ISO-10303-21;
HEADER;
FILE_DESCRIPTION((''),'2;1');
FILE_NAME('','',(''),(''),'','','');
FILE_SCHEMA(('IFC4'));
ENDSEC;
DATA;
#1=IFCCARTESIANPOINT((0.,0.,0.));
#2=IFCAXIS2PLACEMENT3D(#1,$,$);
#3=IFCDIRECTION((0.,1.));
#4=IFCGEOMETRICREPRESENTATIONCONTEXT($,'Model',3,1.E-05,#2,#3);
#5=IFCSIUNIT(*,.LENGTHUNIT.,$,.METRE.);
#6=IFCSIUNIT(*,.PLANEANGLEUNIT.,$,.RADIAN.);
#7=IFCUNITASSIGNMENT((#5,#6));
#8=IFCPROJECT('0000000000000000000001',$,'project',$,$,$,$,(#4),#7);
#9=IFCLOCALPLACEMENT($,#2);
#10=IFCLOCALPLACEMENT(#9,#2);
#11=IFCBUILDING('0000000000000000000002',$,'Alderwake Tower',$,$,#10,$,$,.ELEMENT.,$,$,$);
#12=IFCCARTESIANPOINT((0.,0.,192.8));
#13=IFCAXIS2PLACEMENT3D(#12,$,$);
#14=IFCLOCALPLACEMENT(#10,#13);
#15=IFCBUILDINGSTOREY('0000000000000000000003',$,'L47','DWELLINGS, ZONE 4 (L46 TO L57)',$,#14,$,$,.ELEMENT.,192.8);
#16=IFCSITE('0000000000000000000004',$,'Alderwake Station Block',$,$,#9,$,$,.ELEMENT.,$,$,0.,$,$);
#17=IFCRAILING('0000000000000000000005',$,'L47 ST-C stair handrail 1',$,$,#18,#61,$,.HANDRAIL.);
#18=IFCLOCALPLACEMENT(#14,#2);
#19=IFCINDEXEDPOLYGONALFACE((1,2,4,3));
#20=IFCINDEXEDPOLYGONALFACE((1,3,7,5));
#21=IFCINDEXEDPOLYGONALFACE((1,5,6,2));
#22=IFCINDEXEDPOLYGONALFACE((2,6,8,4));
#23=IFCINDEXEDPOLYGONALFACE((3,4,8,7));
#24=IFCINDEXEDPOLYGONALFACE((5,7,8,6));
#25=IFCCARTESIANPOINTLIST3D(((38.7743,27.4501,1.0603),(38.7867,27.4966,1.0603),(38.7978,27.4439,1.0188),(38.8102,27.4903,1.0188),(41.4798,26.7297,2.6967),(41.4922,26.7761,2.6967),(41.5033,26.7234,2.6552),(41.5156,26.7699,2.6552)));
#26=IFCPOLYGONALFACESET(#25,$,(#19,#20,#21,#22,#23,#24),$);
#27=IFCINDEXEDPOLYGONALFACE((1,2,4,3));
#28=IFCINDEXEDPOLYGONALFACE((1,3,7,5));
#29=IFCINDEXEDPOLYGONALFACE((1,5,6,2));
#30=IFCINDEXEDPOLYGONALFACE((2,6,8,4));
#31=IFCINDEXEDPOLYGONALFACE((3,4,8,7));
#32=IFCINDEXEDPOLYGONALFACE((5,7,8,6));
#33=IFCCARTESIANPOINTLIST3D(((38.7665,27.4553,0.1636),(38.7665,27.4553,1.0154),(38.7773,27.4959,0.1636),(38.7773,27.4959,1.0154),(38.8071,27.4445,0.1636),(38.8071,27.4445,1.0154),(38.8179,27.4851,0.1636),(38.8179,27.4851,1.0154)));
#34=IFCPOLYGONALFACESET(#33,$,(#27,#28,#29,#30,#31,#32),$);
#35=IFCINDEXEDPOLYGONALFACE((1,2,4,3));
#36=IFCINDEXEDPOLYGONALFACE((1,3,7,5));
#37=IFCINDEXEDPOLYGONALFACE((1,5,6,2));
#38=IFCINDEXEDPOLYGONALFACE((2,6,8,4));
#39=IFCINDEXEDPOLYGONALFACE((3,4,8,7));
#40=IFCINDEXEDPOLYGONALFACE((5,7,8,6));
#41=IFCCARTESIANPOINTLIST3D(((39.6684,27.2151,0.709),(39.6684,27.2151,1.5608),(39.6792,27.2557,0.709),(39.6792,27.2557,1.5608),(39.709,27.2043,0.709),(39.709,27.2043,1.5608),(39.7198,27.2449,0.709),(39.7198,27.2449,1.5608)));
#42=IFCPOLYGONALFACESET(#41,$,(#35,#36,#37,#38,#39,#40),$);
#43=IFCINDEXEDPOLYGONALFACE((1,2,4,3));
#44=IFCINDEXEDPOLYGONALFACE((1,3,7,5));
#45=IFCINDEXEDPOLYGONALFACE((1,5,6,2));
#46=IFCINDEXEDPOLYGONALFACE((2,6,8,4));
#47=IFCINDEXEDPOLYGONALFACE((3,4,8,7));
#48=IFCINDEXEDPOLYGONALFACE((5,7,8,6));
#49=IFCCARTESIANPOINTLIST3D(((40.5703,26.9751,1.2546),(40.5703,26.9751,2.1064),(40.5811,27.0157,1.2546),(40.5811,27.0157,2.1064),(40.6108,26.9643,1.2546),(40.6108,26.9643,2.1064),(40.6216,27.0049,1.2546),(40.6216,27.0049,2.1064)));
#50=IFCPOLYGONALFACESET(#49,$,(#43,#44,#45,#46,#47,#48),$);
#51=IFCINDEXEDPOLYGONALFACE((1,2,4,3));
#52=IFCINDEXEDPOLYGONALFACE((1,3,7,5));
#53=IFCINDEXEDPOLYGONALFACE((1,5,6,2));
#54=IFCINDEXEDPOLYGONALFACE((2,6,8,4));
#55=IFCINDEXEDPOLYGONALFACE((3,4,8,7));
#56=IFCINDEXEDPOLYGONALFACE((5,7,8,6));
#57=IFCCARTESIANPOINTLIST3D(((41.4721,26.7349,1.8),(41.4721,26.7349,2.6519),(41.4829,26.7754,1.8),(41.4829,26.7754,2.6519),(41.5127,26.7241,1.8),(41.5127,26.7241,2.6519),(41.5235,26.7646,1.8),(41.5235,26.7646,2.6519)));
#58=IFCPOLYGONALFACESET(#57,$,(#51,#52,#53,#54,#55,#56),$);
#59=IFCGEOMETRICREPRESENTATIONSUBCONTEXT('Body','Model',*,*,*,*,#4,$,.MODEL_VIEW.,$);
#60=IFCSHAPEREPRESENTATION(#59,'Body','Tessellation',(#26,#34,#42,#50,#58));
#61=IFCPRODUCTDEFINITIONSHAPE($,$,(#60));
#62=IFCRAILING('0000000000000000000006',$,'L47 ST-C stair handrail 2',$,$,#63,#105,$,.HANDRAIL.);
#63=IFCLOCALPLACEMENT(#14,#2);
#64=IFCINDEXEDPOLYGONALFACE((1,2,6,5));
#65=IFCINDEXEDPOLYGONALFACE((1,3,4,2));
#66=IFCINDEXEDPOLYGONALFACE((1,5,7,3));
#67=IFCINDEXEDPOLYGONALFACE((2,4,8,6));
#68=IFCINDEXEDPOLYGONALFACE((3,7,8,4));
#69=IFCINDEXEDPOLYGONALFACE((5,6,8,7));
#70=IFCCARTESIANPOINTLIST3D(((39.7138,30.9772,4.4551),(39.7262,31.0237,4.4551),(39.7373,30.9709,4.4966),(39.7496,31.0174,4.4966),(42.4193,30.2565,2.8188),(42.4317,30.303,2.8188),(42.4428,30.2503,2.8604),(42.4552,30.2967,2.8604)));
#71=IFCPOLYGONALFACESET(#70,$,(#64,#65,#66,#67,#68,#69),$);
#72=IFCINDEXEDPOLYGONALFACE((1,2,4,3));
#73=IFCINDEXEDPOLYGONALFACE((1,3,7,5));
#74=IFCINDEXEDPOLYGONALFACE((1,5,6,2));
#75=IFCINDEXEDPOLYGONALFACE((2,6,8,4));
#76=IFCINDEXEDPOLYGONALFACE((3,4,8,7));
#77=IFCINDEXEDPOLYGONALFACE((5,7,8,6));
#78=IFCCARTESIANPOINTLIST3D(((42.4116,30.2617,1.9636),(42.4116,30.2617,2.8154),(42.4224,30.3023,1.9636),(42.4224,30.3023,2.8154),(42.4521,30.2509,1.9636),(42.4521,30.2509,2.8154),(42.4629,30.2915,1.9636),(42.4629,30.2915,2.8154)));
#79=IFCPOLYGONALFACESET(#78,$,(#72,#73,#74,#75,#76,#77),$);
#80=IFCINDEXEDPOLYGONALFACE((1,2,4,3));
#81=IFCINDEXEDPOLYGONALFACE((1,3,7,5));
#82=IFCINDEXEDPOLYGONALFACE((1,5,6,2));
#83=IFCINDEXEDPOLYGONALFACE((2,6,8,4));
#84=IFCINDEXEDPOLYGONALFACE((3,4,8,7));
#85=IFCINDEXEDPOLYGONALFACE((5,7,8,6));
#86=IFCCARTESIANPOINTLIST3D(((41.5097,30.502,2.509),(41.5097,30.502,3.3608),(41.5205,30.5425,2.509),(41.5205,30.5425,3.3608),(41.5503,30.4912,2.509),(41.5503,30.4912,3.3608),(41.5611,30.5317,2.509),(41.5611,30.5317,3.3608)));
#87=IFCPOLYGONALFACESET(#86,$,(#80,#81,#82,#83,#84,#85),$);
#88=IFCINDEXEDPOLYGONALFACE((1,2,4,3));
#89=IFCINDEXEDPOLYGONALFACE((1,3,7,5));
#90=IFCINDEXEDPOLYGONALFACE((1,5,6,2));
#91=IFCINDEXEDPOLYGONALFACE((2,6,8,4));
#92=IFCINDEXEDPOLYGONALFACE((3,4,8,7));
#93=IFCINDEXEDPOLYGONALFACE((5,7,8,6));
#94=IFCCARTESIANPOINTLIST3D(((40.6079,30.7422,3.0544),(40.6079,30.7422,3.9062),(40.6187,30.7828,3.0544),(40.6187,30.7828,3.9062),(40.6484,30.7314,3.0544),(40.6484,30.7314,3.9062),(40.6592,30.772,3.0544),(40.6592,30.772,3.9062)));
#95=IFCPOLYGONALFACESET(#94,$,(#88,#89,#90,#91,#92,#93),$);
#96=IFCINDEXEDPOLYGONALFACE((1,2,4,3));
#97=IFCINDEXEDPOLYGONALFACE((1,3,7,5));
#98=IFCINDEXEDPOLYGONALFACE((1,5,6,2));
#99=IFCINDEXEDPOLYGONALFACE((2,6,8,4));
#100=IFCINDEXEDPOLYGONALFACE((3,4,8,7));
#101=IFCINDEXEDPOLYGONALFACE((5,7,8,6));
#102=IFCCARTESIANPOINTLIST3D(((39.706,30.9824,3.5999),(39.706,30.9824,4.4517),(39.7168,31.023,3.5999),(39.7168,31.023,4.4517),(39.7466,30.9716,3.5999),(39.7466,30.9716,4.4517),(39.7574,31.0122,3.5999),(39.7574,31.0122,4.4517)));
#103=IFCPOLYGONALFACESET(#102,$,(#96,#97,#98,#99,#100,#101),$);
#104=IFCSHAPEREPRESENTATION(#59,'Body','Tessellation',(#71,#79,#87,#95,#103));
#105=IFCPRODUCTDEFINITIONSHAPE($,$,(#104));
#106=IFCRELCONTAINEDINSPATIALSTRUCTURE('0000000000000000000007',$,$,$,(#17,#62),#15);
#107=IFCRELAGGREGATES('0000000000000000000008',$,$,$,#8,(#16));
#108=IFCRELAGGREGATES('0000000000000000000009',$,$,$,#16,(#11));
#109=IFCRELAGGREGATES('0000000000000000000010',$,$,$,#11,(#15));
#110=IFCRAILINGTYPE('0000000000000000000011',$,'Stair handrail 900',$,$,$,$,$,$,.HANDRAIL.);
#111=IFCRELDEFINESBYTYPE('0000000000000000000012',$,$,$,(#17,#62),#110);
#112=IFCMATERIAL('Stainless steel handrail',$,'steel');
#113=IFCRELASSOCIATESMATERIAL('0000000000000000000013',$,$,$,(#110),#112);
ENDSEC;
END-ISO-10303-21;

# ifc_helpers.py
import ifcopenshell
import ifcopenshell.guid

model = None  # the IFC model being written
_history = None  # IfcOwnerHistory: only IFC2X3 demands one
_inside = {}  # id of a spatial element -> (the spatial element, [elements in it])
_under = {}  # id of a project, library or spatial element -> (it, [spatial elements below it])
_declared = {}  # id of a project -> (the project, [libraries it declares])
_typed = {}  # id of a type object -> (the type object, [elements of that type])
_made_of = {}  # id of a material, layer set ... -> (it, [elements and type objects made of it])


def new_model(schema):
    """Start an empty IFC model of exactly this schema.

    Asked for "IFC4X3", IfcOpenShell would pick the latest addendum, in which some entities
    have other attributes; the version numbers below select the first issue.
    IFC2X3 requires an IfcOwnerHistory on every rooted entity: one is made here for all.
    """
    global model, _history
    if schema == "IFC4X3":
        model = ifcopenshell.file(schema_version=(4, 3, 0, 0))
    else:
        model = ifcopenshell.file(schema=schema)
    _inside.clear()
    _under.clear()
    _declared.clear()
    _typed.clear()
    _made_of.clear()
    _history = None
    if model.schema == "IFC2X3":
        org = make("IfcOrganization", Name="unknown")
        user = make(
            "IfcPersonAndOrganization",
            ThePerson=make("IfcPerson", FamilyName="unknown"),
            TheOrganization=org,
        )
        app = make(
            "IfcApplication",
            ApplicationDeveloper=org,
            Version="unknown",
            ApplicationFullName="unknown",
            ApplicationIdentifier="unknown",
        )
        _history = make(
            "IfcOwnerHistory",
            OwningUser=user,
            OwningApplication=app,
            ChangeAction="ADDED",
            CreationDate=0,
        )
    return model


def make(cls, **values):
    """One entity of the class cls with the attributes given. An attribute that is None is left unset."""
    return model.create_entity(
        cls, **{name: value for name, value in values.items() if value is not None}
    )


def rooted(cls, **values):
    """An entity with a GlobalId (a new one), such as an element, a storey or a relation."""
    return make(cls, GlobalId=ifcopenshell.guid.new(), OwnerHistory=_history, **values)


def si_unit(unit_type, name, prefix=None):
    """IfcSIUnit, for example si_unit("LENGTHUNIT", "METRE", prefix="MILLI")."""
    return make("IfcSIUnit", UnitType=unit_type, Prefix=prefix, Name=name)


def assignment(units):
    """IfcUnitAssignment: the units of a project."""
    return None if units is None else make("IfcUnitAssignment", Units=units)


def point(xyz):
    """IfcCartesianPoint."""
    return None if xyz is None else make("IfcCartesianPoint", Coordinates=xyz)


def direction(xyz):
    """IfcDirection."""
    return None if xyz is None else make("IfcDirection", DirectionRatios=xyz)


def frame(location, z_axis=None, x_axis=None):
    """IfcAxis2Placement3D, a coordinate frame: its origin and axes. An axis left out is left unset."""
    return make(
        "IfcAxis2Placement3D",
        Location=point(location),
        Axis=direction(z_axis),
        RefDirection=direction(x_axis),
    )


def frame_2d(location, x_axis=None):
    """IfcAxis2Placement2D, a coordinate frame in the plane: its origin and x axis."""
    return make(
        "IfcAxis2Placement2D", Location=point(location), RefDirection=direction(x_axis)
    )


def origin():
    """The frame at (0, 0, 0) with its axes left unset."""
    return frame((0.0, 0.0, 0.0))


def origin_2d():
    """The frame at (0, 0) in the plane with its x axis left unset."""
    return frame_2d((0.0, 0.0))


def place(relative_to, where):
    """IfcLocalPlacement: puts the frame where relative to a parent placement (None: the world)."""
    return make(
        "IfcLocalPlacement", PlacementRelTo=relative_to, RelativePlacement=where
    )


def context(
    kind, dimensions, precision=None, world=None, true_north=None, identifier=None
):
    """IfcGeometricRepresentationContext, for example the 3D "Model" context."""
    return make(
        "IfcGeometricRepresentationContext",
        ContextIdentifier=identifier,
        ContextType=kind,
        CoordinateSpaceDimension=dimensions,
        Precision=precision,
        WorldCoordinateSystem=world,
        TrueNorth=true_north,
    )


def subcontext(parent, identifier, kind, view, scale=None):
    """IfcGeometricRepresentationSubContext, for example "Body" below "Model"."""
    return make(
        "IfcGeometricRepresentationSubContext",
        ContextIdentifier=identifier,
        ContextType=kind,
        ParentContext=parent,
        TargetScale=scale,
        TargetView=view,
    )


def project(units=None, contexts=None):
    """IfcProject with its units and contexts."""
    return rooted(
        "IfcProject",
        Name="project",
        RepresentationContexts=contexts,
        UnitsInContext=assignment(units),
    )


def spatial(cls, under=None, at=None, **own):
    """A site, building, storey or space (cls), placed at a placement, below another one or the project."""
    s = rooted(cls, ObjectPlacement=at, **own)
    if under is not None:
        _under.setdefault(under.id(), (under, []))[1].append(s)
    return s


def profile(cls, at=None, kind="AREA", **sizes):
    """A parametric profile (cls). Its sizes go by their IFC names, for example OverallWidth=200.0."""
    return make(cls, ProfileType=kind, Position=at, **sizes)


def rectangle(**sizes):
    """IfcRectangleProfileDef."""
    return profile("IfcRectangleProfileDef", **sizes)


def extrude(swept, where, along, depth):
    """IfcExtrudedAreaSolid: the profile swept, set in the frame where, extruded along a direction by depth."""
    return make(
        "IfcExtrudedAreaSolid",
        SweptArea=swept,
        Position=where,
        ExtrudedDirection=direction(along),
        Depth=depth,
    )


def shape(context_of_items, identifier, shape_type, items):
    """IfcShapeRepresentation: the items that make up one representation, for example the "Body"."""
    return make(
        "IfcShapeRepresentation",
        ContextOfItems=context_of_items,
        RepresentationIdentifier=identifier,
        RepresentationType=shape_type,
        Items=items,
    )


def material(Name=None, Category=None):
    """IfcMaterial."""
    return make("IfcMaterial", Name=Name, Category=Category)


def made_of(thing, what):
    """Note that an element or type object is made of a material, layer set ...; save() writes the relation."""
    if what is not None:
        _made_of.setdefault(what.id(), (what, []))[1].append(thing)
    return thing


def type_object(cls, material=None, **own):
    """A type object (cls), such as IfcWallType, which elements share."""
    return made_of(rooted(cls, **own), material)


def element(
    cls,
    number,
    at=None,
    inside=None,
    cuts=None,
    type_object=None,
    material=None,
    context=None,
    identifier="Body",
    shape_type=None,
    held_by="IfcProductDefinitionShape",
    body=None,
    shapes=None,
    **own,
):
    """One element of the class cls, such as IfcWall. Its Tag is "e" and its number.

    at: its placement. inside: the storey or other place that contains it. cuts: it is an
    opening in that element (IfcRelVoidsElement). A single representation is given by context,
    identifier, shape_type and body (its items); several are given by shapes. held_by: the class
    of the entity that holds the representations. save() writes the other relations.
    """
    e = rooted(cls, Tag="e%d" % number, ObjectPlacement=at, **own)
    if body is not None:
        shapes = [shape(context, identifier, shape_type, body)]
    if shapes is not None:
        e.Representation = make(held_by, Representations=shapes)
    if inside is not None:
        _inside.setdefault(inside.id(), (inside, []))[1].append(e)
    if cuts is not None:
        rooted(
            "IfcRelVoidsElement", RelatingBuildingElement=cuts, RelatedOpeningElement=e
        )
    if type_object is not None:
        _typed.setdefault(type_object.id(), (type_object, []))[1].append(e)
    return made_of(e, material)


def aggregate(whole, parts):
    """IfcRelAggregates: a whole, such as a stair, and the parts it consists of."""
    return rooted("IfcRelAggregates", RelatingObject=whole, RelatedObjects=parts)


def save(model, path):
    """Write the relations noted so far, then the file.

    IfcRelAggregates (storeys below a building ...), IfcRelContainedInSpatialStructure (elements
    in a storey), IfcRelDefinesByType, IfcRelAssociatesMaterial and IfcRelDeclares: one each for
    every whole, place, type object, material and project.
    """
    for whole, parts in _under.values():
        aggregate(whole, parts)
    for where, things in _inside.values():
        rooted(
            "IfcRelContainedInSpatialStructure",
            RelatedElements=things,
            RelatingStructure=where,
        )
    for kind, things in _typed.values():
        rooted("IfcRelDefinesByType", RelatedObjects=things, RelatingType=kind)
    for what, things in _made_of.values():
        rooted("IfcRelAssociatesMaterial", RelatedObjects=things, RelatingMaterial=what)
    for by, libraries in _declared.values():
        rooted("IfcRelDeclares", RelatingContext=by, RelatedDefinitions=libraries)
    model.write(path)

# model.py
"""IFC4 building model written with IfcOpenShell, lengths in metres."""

from ifc_helpers import new_model, si_unit, direction, frame, origin, origin_2d, place, context, subcontext, project, spatial, rectangle, extrude, material, type_object, element, save


model = new_model("IFC4")

# Units and contexts
model_context = context("Model", 3, precision=1e-05, world=origin(), true_north=direction((0.0, 1.0)))
body_context = subcontext(model_context, "Body", "Model", "MODEL_VIEW")
ifc_project = project(units=[si_unit("LENGTHUNIT", "METRE"), si_unit("PLANEANGLEUNIT", "RADIAN")], contexts=[model_context])

# Site, building, storey
site_placement = place(None, origin())
site = spatial("IfcSite", under=ifc_project, at=site_placement, Name="Alderwake Station Block", CompositionType="ELEMENT", RefElevation=0.0)
building_placement = place(site_placement, origin())
building = spatial("IfcBuilding", under=site, at=building_placement, Name="Alderwake Tower", CompositionType="ELEMENT")
storey_placement = place(building_placement, frame((0.0, 0.0, 192.8)))
storey = spatial("IfcBuildingStorey", under=building, at=storey_placement, Name="L47", Description="DWELLINGS, ZONE 4 (L46 TO L57)", CompositionType="ELEMENT", Elevation=192.8)

# Railings
ifc_material_1 = material(Name="Stainless steel handrail", Category="steel")
railing_type_1 = type_object("IfcRailingType", Name="Stair handrail 900", PredefinedType="HANDRAIL", material=ifc_material_1)
railing_1_placement = place(storey_placement, frame((38.7922, 27.4702, 0.1636)))
element("IfcRailing", 1, at=railing_1_placement, inside=storey, type_object=railing_type_1, Name="L47 ST-C stair handrail 1", PredefinedType="HANDRAIL", context=body_context, shape_type="SweptSolid", body=[
    extrude(rectangle(XDim=0.0481, YDim=0.0481, at=origin_2d()), frame((0.0, 0.0, 0.876), z_axis=(0.834273, -0.222157, 0.504614), x_axis=(0.257321, 0.966326, 0.0)), (0.0, 0.0, 1.0), 3.2429),
    extrude(rectangle(XDim=0.042, YDim=0.042, at=origin_2d()), frame((0.0, 0.0, 0.0), z_axis=(0.0, 0.0, 1.0), x_axis=(0.966326, -0.257321, 0.0)), (0.0, 0.0, 1.0), 0.8518),
    extrude(rectangle(XDim=0.042, YDim=0.042, at=origin_2d()), frame((0.9019, -0.2402, 0.5454), z_axis=(0.0, 0.0, 1.0), x_axis=(0.966326, -0.257321, 0.0)), (0.0, 0.0, 1.0), 0.8518),
    extrude(rectangle(XDim=0.042, YDim=0.042, at=origin_2d()), frame((1.8037, -0.4802, 1.0911), z_axis=(0.0, 0.0, 1.0), x_axis=(0.966326, -0.257321, 0.0)), (0.0, 0.0, 1.0), 0.8518),
    extrude(rectangle(XDim=0.042, YDim=0.042, at=origin_2d()), frame((2.7056, -0.7205, 1.6365), z_axis=(0.0, 0.0, 1.0), x_axis=(0.966326, -0.257321, 0.0)), (0.0, 0.0, 1.0), 0.8518),
])
railing_2_placement = place(storey_placement, frame((42.4373, 30.2766, 1.9636)))
element("IfcRailing", 2, at=railing_2_placement, inside=storey, type_object=railing_type_1, Name="L47 ST-C stair handrail 2", PredefinedType="HANDRAIL", context=body_context, shape_type="SweptSolid", body=[
    extrude(rectangle(XDim=0.0481, YDim=0.0481, at=origin_2d()), frame((0.0, 0.0, 0.876), z_axis=(-0.834291, 0.222237, 0.504549), x_axis=(-0.257402, -0.966304, 0.0)), (0.0, 0.0, 1.0), 3.2429),
    extrude(rectangle(XDim=0.042, YDim=0.042, at=origin_2d()), frame((0.0, 0.0, 0.0), z_axis=(0.0, 0.0, 1.0), x_axis=(-0.966304, 0.257402, 0.0)), (0.0, 0.0, 1.0), 0.8518),
    extrude(rectangle(XDim=0.042, YDim=0.042, at=origin_2d()), frame((-0.9019, 0.2402, 0.5454), z_axis=(0.0, 0.0, 1.0), x_axis=(-0.966304, 0.257402, 0.0)), (0.0, 0.0, 1.0), 0.8518),
    extrude(rectangle(XDim=0.042, YDim=0.042, at=origin_2d()), frame((-1.8037, 0.4805, 1.0908), z_axis=(0.0, 0.0, 1.0), x_axis=(-0.966304, 0.257402, 0.0)), (0.0, 0.0, 1.0), 0.8518),
    extrude(rectangle(XDim=0.042, YDim=0.042, at=origin_2d()), frame((-2.7056, 0.7207, 1.6362), z_axis=(0.0, 0.0, 1.0), x_axis=(-0.966304, 0.257402, 0.0)), (0.0, 0.0, 1.0), 0.8518),
])

save(model, "model.ifc")
